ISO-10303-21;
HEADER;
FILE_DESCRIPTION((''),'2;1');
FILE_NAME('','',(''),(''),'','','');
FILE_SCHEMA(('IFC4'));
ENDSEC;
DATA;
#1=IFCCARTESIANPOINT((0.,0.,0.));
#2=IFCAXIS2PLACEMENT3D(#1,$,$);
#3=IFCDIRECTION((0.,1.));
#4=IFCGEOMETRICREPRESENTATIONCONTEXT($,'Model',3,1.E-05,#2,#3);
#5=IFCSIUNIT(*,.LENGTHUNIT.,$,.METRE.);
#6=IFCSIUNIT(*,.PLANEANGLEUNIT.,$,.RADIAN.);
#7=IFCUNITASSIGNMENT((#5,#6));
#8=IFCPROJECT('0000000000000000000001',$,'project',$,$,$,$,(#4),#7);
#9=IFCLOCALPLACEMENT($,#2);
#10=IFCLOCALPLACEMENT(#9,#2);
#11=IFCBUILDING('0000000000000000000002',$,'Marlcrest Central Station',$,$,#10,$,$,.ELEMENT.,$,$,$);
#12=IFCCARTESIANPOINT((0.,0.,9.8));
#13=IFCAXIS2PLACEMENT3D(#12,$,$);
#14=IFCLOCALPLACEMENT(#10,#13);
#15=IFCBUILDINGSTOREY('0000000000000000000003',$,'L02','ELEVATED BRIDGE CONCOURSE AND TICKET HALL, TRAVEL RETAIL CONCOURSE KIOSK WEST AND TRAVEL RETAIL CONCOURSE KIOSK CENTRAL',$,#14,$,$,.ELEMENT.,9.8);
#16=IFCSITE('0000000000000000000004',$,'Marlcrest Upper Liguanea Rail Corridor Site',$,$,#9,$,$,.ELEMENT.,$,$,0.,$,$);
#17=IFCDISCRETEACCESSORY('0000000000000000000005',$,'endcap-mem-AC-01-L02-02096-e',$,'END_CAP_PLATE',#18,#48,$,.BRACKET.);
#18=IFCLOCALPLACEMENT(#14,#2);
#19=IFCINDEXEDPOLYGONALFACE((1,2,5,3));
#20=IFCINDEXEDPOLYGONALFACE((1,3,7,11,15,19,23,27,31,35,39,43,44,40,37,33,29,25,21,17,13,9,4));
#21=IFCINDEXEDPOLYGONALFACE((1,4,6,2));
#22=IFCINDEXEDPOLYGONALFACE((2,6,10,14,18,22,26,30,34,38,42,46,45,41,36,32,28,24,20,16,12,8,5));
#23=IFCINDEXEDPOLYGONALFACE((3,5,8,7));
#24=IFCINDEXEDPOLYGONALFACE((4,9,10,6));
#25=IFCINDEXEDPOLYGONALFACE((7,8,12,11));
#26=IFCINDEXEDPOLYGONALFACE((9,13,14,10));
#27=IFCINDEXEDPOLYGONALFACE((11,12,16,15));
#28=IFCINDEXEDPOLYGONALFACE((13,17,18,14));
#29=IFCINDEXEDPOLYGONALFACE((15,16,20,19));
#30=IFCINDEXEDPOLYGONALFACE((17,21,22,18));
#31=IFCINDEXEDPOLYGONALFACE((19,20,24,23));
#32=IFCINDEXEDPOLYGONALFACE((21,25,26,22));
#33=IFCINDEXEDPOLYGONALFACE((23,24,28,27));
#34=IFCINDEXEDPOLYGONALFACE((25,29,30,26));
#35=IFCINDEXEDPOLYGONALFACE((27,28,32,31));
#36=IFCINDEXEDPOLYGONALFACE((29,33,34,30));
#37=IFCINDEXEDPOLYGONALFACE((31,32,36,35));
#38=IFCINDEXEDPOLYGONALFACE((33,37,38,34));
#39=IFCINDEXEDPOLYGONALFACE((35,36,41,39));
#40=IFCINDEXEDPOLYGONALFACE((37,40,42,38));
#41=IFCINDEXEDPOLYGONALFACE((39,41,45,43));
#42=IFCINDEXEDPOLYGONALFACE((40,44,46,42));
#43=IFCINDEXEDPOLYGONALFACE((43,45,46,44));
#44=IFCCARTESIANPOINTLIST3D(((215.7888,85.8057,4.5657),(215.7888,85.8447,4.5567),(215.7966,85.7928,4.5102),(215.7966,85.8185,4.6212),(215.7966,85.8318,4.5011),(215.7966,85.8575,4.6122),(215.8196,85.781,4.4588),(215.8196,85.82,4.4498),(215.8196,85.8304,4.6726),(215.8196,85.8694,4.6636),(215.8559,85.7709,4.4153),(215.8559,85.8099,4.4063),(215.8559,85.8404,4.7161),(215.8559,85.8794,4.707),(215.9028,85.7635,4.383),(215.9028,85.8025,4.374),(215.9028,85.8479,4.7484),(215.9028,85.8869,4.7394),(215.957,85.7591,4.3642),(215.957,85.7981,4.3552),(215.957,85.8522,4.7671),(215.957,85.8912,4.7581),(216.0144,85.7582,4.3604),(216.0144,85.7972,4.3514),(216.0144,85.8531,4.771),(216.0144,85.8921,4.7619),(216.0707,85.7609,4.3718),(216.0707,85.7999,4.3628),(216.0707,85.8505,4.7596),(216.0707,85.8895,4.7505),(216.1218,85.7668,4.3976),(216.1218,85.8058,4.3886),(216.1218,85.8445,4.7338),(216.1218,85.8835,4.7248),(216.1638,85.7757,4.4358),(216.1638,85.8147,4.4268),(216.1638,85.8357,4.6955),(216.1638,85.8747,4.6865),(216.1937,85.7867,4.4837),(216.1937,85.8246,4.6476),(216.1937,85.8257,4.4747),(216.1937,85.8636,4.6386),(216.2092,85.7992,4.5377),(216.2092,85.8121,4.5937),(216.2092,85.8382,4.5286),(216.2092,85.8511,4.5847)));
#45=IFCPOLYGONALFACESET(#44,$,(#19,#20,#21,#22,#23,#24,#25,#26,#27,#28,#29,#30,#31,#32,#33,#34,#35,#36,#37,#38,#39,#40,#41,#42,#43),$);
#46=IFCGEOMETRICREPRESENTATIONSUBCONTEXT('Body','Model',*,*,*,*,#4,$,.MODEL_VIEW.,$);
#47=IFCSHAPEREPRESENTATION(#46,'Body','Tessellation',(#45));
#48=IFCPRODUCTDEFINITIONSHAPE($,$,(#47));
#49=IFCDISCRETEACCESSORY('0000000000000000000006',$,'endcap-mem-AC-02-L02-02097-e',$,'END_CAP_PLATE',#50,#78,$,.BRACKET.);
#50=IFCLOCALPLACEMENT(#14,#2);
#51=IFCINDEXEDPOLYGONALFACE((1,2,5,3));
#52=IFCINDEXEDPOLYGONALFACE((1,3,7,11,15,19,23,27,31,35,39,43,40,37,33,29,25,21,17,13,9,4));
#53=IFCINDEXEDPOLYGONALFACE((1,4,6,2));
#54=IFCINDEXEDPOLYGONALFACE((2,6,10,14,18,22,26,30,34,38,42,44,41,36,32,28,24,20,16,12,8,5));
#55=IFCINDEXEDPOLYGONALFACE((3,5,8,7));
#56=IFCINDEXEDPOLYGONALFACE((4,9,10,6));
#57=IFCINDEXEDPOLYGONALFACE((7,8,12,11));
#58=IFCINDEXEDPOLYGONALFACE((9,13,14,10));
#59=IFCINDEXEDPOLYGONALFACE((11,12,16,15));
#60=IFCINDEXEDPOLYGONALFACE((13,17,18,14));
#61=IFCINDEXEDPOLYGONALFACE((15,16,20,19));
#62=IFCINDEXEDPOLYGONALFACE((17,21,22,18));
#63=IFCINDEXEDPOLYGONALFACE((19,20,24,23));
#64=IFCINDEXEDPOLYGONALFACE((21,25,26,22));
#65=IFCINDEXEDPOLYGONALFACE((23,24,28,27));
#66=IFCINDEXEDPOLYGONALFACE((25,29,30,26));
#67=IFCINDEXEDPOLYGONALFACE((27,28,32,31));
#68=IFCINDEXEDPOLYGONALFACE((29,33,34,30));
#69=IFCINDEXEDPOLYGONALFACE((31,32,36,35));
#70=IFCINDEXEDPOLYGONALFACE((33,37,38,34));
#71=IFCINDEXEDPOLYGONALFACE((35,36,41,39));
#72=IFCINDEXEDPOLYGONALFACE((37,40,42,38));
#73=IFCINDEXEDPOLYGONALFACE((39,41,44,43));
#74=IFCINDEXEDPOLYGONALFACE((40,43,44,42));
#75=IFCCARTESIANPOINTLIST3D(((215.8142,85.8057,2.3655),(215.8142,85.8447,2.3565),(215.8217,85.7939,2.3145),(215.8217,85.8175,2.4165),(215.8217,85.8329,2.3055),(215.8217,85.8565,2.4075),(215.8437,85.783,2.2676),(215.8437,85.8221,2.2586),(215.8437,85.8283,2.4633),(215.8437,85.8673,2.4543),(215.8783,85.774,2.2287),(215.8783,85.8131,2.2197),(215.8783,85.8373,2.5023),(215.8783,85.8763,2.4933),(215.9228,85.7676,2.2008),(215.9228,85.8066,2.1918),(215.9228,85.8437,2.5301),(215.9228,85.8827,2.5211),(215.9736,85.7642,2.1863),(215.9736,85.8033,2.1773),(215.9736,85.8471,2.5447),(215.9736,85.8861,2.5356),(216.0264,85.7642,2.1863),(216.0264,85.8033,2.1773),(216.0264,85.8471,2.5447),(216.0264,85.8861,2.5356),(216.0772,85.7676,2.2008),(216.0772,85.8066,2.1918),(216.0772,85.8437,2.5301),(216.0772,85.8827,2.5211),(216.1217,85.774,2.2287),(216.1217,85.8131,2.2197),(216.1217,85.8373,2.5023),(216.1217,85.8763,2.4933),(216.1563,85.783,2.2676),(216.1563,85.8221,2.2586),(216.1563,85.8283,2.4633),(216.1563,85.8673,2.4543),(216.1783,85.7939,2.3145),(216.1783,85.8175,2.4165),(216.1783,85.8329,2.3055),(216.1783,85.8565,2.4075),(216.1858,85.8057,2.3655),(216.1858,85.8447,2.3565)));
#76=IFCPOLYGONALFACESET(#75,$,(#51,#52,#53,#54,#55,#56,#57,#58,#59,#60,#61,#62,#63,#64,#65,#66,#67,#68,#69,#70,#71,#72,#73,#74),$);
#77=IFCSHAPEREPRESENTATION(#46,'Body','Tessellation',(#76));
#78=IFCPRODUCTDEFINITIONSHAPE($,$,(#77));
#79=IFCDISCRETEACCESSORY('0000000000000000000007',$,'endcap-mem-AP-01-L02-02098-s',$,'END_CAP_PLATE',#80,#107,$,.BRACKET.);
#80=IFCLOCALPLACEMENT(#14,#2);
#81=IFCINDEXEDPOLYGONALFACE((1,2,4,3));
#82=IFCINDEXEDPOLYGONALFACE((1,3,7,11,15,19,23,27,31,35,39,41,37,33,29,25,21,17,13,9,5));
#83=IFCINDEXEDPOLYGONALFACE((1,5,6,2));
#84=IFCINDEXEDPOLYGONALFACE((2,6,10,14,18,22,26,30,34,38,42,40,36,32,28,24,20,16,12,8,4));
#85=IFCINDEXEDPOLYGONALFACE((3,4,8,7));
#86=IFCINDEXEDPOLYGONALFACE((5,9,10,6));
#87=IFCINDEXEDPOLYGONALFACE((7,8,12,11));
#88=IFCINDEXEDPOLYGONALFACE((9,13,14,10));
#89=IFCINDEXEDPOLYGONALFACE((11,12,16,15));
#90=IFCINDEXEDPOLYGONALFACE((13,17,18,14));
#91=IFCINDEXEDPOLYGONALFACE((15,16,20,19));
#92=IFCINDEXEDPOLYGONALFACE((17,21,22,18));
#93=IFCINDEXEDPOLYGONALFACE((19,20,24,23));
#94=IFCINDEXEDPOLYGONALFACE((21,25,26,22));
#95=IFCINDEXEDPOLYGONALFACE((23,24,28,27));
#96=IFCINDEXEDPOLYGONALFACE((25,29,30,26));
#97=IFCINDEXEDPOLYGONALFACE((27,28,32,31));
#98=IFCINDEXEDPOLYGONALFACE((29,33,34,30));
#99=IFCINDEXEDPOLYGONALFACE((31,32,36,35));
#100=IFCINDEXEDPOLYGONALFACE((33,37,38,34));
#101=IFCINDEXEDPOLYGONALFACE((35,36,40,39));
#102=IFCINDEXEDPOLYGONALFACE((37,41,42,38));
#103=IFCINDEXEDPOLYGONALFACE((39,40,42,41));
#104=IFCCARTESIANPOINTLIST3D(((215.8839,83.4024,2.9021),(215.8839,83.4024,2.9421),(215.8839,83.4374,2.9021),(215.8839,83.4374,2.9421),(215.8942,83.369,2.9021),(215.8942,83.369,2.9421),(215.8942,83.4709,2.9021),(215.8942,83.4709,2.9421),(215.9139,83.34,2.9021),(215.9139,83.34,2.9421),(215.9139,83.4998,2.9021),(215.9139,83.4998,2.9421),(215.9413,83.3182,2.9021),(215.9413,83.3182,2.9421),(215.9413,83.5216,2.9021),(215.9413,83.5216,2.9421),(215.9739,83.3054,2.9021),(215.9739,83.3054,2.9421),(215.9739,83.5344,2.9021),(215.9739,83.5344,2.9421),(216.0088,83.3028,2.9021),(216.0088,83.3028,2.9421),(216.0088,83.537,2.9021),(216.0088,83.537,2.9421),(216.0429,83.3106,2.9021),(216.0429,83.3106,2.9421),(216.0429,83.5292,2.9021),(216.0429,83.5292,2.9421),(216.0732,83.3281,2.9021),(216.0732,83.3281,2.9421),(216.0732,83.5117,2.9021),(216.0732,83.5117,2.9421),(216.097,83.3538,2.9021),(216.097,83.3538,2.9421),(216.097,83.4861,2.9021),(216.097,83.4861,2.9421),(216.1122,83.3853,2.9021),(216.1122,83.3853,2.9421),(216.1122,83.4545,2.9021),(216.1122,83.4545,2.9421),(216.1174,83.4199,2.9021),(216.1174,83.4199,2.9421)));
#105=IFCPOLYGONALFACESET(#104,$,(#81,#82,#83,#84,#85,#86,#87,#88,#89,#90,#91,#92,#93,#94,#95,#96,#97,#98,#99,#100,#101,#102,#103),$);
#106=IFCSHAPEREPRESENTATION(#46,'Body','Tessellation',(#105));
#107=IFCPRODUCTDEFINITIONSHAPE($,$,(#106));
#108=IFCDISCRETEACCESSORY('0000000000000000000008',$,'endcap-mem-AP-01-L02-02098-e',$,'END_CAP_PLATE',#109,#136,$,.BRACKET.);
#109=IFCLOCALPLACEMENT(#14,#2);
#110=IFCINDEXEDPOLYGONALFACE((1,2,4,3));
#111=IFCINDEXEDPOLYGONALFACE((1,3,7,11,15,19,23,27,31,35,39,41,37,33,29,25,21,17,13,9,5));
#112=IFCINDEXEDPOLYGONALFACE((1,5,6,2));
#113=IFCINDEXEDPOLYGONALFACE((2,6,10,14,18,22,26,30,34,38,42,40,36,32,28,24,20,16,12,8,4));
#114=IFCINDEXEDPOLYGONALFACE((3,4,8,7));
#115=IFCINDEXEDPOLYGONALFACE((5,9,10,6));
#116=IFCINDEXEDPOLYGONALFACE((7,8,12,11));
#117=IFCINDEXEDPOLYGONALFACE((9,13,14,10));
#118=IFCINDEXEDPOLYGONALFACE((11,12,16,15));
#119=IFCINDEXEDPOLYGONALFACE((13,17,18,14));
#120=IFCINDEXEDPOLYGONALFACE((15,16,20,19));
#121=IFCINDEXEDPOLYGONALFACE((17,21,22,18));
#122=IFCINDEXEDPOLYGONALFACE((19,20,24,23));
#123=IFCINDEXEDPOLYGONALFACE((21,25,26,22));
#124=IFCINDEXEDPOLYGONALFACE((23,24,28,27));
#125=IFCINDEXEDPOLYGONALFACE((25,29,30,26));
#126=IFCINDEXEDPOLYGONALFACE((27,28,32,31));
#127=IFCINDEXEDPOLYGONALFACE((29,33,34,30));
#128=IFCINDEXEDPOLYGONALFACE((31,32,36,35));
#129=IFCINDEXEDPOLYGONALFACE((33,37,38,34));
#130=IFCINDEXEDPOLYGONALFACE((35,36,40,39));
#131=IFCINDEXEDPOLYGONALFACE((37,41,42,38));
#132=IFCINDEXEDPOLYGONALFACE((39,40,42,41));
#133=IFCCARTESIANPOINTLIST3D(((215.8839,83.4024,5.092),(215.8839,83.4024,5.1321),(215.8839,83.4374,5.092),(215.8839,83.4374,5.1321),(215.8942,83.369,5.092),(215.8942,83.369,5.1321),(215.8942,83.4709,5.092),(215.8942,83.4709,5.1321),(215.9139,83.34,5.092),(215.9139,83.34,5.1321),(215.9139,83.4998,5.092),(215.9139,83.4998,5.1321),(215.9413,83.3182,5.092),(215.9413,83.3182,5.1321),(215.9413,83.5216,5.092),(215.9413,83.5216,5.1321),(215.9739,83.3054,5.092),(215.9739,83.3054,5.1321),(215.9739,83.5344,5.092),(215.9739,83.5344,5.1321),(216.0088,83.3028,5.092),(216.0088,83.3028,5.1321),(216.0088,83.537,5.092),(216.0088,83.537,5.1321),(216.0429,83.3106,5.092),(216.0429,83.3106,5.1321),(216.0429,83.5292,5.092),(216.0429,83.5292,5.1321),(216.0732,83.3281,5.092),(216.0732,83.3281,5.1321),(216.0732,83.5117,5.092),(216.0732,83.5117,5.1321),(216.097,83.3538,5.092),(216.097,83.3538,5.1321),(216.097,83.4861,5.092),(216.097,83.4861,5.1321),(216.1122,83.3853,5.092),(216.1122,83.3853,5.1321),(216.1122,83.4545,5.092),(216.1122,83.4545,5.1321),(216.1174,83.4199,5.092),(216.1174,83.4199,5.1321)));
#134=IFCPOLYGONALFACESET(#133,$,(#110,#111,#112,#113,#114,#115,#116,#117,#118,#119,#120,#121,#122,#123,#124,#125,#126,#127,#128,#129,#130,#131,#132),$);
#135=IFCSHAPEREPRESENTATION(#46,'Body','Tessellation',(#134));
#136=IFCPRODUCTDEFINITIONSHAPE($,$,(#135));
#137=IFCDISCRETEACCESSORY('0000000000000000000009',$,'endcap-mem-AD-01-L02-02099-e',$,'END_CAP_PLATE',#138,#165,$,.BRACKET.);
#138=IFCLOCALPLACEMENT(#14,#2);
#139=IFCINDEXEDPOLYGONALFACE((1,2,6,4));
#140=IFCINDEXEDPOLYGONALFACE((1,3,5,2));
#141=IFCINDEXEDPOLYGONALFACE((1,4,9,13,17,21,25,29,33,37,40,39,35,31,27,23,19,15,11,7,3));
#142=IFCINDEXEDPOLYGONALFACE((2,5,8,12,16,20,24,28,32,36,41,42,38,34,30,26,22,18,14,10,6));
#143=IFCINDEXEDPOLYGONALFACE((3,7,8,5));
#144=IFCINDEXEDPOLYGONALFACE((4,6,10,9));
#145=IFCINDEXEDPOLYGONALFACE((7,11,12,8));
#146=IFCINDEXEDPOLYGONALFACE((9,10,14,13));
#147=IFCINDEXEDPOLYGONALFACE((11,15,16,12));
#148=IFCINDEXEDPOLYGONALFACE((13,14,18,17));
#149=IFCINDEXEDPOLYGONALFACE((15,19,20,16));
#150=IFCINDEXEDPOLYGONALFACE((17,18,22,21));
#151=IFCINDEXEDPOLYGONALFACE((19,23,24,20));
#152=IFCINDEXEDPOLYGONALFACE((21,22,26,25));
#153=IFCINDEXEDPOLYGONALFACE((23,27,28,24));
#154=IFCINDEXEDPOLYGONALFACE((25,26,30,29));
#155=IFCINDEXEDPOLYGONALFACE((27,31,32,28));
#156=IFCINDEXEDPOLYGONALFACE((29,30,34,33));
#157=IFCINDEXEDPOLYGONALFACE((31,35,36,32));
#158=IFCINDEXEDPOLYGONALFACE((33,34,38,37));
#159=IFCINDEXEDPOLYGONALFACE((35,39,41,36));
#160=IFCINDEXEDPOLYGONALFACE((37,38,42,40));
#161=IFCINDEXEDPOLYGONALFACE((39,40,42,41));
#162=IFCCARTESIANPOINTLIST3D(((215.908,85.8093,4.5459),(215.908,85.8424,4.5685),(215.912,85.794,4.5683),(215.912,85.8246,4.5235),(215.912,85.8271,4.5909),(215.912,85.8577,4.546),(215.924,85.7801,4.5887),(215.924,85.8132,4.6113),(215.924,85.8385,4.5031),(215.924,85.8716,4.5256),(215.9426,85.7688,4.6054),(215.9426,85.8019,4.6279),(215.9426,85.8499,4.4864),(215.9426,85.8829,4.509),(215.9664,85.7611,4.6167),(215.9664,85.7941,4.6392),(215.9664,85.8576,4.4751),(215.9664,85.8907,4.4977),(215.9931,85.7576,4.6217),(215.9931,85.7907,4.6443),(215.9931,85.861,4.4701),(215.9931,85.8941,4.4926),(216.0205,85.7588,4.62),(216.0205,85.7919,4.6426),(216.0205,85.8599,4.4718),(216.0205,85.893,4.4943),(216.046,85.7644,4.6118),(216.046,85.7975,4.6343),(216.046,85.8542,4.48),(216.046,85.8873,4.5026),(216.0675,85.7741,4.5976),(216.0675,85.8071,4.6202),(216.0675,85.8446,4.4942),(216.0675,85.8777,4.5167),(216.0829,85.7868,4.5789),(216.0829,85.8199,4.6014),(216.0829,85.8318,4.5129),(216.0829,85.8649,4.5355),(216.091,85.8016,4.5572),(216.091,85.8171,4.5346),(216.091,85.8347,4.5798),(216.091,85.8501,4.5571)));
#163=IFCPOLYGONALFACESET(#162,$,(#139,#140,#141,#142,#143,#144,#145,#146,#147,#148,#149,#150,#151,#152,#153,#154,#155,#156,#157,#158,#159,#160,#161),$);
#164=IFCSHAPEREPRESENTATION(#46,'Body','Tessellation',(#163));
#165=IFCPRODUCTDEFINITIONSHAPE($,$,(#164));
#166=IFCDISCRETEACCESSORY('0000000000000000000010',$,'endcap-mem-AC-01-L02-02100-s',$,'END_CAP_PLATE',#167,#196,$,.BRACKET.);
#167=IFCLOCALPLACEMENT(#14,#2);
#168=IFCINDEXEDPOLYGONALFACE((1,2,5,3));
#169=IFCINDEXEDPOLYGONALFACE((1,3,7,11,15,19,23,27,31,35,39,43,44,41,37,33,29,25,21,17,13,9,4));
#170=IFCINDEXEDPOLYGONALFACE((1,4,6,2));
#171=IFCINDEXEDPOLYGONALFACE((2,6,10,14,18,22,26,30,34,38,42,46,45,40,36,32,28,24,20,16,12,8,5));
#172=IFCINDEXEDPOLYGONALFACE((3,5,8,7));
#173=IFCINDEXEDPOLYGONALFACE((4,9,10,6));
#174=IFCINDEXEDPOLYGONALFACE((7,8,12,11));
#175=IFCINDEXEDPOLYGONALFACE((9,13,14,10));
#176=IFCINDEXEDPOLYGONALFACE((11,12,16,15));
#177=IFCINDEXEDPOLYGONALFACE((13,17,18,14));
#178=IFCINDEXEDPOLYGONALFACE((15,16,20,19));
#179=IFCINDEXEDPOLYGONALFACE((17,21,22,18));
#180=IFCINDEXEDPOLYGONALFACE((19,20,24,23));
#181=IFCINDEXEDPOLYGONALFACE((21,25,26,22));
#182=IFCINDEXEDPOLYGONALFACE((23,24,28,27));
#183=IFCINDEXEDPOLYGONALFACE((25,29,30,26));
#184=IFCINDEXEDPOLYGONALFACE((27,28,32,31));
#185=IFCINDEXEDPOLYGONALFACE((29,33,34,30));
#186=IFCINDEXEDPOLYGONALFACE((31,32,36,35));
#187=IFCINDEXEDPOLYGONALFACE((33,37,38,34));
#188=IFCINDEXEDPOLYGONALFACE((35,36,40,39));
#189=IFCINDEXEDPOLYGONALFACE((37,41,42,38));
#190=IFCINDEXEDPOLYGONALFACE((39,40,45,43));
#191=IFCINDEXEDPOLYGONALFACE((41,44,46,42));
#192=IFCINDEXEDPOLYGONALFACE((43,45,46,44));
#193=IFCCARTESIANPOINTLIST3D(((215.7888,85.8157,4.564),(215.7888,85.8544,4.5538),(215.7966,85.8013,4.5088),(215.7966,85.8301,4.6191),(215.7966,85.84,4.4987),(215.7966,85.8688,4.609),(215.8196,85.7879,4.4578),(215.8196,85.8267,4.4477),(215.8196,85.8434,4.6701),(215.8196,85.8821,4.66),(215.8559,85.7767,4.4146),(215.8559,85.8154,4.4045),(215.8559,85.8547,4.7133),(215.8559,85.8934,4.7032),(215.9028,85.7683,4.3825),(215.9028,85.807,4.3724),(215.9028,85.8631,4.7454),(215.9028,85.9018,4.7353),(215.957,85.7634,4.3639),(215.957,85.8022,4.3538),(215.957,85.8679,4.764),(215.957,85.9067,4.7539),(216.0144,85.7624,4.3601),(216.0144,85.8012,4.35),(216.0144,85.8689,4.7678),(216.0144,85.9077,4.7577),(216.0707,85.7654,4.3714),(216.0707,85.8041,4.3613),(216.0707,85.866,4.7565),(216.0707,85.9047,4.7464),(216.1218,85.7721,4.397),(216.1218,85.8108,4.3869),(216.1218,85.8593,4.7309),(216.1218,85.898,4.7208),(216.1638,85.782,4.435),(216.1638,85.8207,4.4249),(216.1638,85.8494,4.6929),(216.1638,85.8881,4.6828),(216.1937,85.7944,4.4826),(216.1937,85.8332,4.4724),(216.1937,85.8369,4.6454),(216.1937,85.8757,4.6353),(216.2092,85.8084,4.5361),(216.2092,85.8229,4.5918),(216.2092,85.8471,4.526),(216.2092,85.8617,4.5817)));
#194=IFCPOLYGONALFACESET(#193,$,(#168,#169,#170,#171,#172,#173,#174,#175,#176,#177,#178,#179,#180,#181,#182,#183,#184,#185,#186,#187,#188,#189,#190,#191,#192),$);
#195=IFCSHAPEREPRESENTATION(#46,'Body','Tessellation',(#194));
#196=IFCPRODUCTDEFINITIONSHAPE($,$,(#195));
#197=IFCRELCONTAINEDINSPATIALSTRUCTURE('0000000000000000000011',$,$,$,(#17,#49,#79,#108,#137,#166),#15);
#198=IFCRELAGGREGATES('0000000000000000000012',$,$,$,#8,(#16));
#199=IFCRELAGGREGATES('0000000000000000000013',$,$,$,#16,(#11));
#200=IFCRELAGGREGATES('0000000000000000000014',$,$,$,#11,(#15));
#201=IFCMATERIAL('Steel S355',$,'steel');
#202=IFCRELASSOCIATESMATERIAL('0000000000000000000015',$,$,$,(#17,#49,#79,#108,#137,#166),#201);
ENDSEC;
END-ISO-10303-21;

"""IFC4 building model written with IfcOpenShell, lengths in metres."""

from ifc_helpers import new_model, si_unit, direction, frame, origin, origin_2d, place, context, subcontext, project, spatial, circle, extrude, material, element, save


model = new_model("IFC4")

# Units and contexts
model_context = context("Model", 3, precision=1e-05, world=origin(), true_north=direction((0.0, 1.0)))
body_context = subcontext(model_context, "Body", "Model", "MODEL_VIEW")
ifc_project = project(units=[si_unit("LENGTHUNIT", "METRE"), si_unit("PLANEANGLEUNIT", "RADIAN")], contexts=[model_context])

# Site, building, storey
site_placement = place(None, origin())
site = spatial("IfcSite", under=ifc_project, at=site_placement, Name="Marlcrest Upper Liguanea Rail Corridor Site", CompositionType="ELEMENT", RefElevation=0.0)
building_placement = place(site_placement, origin())
building = spatial("IfcBuilding", under=site, at=building_placement, Name="Marlcrest Central Station", CompositionType="ELEMENT")
storey_placement = place(building_placement, frame((0.0, 0.0, 9.8)))
storey = spatial("IfcBuildingStorey", under=building, at=storey_placement, Name="L02", Description="ELEVATED BRIDGE CONCOURSE AND TICKET HALL, TRAVEL RETAIL CONCOURSE KIOSK WEST AND TRAVEL RETAIL CONCOURSE KIOSK CENTRAL", CompositionType="ELEMENT", Elevation=9.8)

# Shared definitions
ifc_material_1 = material(Name="Steel S355", Category="steel")

# Discrete accessories
discrete_accessory_1_placement = place(storey_placement, frame((216.0, 85.8057, 4.5657), z_axis=(0.0, 0.97433, -0.225126), x_axis=(-1.0, 0.0, 0.0)))
element("IfcDiscreteAccessory", 1, at=discrete_accessory_1_placement, inside=storey, material=ifc_material_1, Name="endcap-mem-AC-01-L02-02096-e", ObjectType="END_CAP_PLATE", PredefinedType="BRACKET", context=body_context, shape_type="SweptSolid", body=[
    extrude(circle(Radius=0.2112, at=origin_2d()), origin(), (0.0, 0.0, 1.0), 0.04),
])
discrete_accessory_2_placement = place(storey_placement, frame((216.0, 85.8057, 2.3655), z_axis=(0.0, 0.974308, -0.22522), x_axis=(-1.0, 0.0, 0.0)))
element("IfcDiscreteAccessory", 2, at=discrete_accessory_2_placement, inside=storey, material=ifc_material_1, Name="endcap-mem-AC-02-L02-02097-e", ObjectType="END_CAP_PLATE", PredefinedType="BRACKET", context=body_context, shape_type="SweptSolid", body=[
    extrude(circle(Radius=0.1858, at=origin_2d()), origin(), (0.0, 0.0, 1.0), 0.04),
])
for number, where, z_axis, x_axis, name in (
    (3, (216.0, 83.4199, 2.9021), (0.0, 0.0, 1.0), (1.0, 0.0, 0.0), "endcap-mem-AP-01-L02-02098-s"),
    (4, (216.0, 83.4199, 5.092), (0.0, 0.0, 1.0), (1.0, 0.0, 0.0), "endcap-mem-AP-01-L02-02098-e"),
):
    element("IfcDiscreteAccessory", number, at=place(storey_placement, frame(where, z_axis=z_axis, x_axis=x_axis)), inside=storey, material=ifc_material_1, Name=name, ObjectType="END_CAP_PLATE", PredefinedType="BRACKET", context=body_context, shape_type="SweptSolid", body=[
        extrude(circle(Radius=0.1174, at=origin_2d()), origin(), (0.0, 0.0, 1.0), 0.04),
    ])
discrete_accessory_3_placement = place(storey_placement, frame((216.0, 85.8093, 4.5459), z_axis=(0.0, 0.826263, 0.563285), x_axis=(-1.0, 0.0, 0.0)))
element("IfcDiscreteAccessory", 5, at=discrete_accessory_3_placement, inside=storey, material=ifc_material_1, Name="endcap-mem-AD-01-L02-02099-e", ObjectType="END_CAP_PLATE", PredefinedType="BRACKET", context=body_context, shape_type="SweptSolid", body=[
    extrude(circle(Radius=0.092, at=origin_2d()), origin(), (0.0, 0.0, 1.0), 0.04),
])
discrete_accessory_4_placement = place(storey_placement, frame((216.0, 85.8157, 4.564), z_axis=(0.0, 0.967539, -0.25272), x_axis=(-1.0, 0.0, 0.0)))
element("IfcDiscreteAccessory", 6, at=discrete_accessory_4_placement, inside=storey, material=ifc_material_1, Name="endcap-mem-AC-01-L02-02100-s", ObjectType="END_CAP_PLATE", PredefinedType="BRACKET", context=body_context, shape_type="SweptSolid", body=[
    extrude(circle(Radius=0.2112, at=origin_2d()), origin(), (0.0, 0.0, 1.0), 0.04),
])

save(model, "model.ifc")
